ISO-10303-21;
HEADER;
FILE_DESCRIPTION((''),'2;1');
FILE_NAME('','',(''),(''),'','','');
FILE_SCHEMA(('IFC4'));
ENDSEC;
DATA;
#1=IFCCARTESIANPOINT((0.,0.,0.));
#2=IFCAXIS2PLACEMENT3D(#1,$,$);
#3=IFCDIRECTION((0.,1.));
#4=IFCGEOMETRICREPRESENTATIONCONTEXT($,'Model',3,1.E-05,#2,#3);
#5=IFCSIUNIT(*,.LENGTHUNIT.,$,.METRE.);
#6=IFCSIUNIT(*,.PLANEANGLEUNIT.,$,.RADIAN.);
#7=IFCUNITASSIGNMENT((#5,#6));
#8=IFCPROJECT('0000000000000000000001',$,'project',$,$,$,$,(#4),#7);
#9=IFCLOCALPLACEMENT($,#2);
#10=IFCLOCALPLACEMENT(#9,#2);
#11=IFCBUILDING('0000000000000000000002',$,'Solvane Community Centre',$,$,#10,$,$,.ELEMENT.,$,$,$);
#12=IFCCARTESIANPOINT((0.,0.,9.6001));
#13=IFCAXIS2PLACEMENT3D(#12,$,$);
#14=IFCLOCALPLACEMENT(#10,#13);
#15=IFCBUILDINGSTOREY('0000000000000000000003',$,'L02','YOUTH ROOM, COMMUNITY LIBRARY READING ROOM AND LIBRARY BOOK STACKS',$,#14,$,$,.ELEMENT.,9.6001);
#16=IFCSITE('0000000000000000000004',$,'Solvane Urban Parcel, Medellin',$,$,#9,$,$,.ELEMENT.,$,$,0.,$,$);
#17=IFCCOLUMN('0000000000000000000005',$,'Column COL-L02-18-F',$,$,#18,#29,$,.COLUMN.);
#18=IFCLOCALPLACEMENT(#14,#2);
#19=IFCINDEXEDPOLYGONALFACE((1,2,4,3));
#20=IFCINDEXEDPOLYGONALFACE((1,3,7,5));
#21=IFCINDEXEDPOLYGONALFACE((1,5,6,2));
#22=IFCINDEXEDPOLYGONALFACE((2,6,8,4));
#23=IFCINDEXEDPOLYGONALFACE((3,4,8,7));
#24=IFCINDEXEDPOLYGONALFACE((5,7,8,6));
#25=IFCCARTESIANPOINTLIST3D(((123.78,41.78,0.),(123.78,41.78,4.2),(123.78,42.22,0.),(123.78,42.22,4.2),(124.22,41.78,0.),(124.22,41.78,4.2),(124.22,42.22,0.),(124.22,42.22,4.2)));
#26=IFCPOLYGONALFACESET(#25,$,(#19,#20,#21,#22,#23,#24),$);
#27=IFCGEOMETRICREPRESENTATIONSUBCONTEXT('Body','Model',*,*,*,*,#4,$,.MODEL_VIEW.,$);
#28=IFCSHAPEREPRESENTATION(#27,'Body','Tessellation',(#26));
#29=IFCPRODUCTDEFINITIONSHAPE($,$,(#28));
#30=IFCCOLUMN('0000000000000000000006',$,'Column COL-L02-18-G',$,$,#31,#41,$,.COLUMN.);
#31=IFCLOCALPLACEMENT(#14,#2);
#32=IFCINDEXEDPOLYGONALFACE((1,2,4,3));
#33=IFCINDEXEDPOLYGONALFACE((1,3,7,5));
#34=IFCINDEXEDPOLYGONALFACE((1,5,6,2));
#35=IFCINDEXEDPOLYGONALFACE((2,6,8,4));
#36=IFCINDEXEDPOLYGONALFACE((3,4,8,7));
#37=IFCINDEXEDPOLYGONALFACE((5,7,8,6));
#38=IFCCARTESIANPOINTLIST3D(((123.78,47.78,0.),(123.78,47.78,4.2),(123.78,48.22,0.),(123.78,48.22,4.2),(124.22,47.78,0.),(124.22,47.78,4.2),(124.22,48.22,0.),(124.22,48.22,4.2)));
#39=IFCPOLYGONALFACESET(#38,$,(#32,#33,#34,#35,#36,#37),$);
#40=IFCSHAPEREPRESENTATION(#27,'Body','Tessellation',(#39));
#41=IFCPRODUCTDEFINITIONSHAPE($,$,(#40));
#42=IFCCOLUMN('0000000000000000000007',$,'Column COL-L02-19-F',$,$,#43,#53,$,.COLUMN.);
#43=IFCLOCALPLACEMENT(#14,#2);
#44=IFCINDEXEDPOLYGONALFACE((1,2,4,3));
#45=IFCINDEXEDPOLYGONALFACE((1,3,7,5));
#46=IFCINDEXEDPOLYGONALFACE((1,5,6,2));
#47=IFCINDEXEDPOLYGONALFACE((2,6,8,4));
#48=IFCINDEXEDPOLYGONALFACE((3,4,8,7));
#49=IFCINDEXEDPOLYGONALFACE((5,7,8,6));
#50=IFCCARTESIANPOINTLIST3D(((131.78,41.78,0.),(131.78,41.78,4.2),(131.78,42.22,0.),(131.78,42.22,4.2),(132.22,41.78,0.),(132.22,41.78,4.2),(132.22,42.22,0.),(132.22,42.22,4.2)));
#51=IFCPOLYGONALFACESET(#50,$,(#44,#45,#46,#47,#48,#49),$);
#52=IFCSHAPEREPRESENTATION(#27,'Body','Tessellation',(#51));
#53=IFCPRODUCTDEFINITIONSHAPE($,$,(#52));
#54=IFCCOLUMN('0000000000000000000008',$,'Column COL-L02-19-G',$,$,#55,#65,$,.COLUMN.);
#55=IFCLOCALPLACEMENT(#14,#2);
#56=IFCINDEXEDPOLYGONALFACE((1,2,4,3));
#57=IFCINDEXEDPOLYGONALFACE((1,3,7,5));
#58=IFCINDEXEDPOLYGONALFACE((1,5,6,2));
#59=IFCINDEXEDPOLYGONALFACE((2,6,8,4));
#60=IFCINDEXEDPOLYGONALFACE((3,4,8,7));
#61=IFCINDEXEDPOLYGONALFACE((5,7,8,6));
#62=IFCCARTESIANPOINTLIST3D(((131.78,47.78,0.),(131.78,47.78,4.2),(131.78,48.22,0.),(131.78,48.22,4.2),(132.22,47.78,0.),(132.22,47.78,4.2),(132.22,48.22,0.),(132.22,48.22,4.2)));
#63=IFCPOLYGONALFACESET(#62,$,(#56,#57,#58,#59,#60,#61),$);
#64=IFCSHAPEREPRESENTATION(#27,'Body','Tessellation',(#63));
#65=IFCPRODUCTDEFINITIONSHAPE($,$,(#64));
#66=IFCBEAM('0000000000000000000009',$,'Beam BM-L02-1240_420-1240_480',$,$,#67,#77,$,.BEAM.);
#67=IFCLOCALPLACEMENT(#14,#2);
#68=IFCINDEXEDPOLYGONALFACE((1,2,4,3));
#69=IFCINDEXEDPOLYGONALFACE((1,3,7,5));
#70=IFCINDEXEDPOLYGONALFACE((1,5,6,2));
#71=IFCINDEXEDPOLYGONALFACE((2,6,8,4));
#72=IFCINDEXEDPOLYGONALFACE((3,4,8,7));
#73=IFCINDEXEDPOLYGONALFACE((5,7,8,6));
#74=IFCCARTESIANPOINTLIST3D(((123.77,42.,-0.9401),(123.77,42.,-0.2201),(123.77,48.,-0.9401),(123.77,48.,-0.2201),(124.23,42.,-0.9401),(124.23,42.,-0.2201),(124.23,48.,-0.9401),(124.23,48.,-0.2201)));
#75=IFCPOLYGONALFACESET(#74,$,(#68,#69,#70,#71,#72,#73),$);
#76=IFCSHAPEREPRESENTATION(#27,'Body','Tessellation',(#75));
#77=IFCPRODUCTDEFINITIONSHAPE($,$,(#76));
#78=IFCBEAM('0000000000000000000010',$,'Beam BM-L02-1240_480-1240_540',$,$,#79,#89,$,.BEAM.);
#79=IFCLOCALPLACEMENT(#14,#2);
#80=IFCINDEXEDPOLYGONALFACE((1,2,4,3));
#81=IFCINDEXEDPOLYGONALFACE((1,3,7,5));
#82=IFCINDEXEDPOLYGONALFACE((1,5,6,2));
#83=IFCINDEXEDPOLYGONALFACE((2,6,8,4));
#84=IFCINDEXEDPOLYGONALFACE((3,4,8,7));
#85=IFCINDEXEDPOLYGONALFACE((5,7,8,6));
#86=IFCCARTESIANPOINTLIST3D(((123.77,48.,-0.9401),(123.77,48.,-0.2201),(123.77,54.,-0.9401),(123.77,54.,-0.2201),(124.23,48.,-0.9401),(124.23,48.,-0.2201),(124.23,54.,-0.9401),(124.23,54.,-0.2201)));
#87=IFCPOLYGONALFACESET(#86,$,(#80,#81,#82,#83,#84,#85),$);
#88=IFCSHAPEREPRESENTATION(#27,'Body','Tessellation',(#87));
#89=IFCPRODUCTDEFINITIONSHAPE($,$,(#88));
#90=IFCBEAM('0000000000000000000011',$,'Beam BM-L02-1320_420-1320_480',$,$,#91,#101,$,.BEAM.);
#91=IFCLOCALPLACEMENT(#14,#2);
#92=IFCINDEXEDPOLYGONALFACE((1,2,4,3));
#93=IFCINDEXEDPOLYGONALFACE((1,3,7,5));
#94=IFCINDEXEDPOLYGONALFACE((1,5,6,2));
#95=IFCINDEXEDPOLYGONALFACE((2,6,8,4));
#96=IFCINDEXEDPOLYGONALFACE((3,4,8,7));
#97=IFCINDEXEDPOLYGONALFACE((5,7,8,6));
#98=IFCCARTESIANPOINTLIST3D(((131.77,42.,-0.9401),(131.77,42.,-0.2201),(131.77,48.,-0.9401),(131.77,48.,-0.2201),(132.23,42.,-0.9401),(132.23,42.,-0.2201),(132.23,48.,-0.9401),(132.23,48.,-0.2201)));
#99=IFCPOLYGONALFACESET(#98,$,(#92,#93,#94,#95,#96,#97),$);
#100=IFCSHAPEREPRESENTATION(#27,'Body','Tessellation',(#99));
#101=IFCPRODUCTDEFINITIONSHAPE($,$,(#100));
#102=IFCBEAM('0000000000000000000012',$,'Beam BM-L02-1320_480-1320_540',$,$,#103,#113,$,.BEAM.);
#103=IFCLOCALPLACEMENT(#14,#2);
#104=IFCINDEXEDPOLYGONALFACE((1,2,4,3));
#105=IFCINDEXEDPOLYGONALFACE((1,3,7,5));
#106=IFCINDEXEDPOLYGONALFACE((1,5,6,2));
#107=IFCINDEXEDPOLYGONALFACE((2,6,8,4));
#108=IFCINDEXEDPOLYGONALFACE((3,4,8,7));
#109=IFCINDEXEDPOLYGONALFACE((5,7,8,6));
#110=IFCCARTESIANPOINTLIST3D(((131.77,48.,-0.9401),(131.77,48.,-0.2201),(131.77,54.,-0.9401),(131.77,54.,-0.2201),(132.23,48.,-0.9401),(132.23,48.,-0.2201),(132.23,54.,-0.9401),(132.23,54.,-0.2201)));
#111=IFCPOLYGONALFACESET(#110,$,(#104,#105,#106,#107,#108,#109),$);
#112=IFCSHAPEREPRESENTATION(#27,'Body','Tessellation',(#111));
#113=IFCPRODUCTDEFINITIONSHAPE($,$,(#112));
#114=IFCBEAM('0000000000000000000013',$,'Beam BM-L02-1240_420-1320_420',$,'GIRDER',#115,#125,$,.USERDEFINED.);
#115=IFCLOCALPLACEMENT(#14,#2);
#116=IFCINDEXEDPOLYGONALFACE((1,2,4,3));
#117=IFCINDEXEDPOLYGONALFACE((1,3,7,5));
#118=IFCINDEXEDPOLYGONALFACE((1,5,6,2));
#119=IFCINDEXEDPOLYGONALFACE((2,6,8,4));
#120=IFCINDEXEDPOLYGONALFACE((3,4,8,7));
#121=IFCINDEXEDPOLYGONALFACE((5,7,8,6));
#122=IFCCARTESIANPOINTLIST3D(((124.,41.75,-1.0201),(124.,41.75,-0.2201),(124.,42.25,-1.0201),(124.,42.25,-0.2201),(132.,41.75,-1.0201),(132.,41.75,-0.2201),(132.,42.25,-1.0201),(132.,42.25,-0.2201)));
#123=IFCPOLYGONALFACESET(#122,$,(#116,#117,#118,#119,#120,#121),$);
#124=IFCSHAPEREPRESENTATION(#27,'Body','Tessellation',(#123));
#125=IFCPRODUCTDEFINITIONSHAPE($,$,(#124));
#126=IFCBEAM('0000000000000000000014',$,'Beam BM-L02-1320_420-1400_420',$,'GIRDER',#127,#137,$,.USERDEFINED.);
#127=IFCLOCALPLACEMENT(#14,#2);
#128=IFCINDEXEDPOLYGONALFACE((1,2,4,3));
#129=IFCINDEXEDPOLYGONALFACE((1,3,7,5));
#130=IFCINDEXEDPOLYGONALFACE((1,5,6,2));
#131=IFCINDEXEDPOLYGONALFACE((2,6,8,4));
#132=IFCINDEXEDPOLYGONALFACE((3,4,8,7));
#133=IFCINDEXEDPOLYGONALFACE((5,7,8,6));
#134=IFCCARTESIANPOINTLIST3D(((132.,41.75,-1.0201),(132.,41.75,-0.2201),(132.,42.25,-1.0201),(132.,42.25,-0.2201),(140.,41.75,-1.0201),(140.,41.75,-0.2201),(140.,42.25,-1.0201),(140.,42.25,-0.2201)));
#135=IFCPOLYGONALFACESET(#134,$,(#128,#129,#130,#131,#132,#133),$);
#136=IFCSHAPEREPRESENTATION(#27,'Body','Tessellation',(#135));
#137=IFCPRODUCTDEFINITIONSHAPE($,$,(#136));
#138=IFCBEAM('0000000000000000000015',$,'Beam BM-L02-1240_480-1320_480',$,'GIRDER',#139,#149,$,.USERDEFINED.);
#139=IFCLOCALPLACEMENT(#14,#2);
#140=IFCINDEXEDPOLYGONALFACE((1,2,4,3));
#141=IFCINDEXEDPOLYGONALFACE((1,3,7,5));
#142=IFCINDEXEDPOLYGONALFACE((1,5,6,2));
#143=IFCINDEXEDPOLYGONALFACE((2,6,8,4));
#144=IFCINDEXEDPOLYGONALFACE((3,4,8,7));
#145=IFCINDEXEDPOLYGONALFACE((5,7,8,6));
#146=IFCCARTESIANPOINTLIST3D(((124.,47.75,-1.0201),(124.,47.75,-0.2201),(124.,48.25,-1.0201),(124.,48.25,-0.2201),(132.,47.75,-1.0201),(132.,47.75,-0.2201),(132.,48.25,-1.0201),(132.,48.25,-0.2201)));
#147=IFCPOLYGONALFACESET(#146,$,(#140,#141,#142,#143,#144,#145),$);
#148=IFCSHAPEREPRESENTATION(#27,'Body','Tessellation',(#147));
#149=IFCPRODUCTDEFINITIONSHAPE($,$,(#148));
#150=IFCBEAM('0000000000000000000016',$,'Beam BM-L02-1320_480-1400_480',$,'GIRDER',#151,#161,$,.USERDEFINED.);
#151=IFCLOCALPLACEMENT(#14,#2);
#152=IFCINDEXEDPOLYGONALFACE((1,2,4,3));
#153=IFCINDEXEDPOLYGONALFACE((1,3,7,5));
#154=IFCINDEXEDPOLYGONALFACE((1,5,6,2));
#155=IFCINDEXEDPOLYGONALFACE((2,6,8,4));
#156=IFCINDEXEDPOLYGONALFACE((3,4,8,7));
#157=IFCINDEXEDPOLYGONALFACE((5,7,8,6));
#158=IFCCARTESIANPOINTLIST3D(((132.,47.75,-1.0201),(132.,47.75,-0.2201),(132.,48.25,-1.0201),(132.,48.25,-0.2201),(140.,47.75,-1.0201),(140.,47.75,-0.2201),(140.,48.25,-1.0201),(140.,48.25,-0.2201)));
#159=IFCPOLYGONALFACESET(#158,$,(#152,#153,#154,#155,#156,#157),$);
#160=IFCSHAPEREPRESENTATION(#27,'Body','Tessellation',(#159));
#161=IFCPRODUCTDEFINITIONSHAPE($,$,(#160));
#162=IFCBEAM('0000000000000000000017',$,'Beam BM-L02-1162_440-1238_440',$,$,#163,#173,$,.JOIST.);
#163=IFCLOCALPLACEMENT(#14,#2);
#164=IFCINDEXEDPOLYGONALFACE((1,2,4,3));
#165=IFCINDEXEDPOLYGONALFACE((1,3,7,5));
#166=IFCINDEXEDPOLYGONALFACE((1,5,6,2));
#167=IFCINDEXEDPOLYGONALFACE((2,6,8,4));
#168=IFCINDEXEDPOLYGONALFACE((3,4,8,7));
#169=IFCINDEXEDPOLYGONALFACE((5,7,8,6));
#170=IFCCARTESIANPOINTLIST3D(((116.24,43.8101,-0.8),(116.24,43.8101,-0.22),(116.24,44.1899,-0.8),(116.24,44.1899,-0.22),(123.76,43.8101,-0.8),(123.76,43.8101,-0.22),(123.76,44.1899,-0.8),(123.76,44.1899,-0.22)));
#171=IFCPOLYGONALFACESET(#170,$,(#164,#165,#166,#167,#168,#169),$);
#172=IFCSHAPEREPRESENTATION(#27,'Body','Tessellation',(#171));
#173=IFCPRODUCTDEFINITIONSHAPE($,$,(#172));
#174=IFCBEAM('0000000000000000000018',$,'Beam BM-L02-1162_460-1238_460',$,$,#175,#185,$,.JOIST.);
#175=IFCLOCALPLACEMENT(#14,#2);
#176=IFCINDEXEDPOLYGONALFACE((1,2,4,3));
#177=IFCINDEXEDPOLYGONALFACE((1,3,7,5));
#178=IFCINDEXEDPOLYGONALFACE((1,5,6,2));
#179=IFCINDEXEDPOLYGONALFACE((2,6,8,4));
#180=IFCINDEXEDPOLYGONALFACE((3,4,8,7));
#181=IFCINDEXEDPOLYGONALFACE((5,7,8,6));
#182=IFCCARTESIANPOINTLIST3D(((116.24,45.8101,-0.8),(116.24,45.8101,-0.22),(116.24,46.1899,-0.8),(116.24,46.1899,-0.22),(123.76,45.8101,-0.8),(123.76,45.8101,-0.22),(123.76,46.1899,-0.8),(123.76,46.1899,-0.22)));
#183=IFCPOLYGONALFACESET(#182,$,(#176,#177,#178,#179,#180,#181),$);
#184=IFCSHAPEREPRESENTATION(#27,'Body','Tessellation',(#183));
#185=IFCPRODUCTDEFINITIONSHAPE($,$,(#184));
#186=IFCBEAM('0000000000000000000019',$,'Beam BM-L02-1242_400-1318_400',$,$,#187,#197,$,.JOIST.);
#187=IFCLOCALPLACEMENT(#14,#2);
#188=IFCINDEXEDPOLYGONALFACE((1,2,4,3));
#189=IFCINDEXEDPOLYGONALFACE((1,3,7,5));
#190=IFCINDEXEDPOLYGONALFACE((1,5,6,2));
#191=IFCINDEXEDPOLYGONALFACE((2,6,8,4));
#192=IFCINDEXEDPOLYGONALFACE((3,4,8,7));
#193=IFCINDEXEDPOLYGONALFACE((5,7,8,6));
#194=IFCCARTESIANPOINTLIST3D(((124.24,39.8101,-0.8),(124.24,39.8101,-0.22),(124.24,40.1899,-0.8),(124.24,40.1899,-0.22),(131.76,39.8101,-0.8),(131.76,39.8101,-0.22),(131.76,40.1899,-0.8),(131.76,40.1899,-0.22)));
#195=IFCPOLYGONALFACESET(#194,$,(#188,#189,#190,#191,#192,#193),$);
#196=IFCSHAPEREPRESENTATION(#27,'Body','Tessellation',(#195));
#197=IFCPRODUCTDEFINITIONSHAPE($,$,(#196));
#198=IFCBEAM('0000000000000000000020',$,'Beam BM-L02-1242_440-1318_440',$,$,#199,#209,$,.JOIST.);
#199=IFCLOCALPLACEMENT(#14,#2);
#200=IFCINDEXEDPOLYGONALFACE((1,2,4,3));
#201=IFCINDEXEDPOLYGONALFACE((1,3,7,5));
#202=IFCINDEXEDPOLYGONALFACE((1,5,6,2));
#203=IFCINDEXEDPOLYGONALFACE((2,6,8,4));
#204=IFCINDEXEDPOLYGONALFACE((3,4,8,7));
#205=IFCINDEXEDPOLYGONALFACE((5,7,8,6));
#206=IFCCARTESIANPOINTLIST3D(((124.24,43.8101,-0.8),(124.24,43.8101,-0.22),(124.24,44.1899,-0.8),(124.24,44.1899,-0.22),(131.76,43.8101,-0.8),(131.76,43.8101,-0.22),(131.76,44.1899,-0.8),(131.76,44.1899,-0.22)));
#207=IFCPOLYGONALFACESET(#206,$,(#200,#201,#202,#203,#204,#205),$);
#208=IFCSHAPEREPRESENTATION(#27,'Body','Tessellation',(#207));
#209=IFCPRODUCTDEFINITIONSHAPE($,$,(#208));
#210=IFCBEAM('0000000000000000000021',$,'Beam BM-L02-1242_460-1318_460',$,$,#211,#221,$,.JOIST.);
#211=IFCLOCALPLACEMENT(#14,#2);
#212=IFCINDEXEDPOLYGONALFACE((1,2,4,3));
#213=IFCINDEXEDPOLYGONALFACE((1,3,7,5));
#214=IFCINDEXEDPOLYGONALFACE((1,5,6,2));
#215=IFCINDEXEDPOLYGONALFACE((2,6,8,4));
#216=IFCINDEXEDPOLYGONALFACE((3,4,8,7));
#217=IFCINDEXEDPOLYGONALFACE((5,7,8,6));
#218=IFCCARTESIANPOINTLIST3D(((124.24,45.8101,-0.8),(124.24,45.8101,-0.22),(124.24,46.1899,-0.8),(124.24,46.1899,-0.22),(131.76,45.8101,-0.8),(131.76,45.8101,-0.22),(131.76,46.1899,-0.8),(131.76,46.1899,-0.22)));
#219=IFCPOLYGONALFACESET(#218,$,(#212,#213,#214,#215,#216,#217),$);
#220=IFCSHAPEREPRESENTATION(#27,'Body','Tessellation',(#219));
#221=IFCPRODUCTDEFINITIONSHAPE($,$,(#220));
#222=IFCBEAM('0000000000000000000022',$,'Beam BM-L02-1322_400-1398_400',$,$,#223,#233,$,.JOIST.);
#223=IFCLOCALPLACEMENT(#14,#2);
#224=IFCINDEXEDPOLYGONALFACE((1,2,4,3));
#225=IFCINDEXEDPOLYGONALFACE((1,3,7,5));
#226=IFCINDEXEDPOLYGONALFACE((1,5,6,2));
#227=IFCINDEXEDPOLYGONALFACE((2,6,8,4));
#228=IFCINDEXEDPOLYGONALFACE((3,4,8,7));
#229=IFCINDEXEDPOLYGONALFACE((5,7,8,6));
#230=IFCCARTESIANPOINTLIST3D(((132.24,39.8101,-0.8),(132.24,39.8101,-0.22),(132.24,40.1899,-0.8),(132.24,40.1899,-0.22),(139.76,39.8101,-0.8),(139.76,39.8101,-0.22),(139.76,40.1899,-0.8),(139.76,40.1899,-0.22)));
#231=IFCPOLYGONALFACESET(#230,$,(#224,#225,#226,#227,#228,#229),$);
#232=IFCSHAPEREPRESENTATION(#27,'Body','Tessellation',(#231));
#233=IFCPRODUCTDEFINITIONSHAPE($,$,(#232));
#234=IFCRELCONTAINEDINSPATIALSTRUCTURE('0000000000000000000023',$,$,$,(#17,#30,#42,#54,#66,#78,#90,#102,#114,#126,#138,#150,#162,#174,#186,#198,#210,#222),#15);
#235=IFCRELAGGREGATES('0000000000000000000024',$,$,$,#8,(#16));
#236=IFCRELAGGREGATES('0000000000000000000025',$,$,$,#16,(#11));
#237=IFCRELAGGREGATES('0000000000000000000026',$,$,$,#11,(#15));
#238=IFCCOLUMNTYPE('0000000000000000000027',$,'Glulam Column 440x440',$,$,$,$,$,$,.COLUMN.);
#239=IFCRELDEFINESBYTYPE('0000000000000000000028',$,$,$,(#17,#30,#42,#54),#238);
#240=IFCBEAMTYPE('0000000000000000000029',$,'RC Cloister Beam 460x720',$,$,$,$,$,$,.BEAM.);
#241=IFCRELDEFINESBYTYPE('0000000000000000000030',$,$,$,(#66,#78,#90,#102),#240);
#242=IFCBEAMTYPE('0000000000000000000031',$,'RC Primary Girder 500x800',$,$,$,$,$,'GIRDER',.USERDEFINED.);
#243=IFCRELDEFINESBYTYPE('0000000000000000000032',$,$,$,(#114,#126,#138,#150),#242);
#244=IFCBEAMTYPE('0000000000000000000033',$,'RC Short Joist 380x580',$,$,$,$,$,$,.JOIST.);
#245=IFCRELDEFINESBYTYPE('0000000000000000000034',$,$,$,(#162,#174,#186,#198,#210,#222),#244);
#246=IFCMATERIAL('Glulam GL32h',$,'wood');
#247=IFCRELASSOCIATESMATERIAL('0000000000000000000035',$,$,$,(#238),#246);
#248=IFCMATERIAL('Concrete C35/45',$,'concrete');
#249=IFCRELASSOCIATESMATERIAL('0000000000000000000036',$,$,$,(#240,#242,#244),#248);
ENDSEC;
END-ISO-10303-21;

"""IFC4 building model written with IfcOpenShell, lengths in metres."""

from ifc_helpers import new_model, si_unit, direction, frame, origin, origin_2d, place, context, subcontext, project, spatial, rectangle, extrude, material, material_profile, profile_set, type_object, element, save


model = new_model("IFC4")

# Units and contexts
model_context = context("Model", 3, precision=1e-05, world=origin(), true_north=direction((0.0, 1.0)))
body_context = subcontext(model_context, "Body", "Model", "MODEL_VIEW")
ifc_project = project(units=[si_unit("LENGTHUNIT", "METRE"), si_unit("PLANEANGLEUNIT", "RADIAN")], contexts=[model_context])

# Site, building, storey
site_placement = place(None, origin())
site = spatial("IfcSite", under=ifc_project, at=site_placement, Name="Solvane Urban Parcel, Medellin", CompositionType="ELEMENT", RefElevation=0.0)
building_placement = place(site_placement, origin())
building = spatial("IfcBuilding", under=site, at=building_placement, Name="Solvane Community Centre", CompositionType="ELEMENT")
storey_placement = place(building_placement, frame((0.0, 0.0, 9.6001)))
storey = spatial("IfcBuildingStorey", under=building, at=storey_placement, Name="L02", Description="YOUTH ROOM, COMMUNITY LIBRARY READING ROOM AND LIBRARY BOOK STACKS", CompositionType="ELEMENT", Elevation=9.6001)

# Columns
ifc_material_1 = material(Name="Glulam GL32h", Category="wood")
ifc_material_profile_1 = material_profile(ifc_material_1, rectangle(XDim=0.4399, YDim=0.4399, at=origin_2d()), Name="GL32h 440x440")
ifc_profile_set_1 = profile_set([ifc_material_profile_1], Name="Glulam GL32h")
column_type = type_object("IfcColumnType", Name="Glulam Column 440x440", PredefinedType="COLUMN", material=ifc_profile_set_1)
for number, where, z_axis, x_axis, name in (
    (1, (124.0, 42.0, 0.0), (0.0, 0.0, 1.0), (1.0, 0.0, 0.0), "Column COL-L02-18-F"),
    (2, (124.0, 48.0, 0.0), (0.0, 0.0, 1.0), (1.0, 0.0, 0.0), "Column COL-L02-18-G"),
    (3, (132.0, 42.0, 0.0), (0.0, 0.0, 1.0), (1.0, 0.0, 0.0), "Column COL-L02-19-F"),
    (4, (132.0, 48.0, 0.0), (0.0, 0.0, 1.0), (1.0, 0.0, 0.0), "Column COL-L02-19-G"),
):
    element("IfcColumn", number, at=place(storey_placement, frame(where, z_axis=z_axis, x_axis=x_axis)), inside=storey, type_object=column_type, Name=name, PredefinedType="COLUMN", context=body_context, shape_type="SweptSolid", body=[
        extrude(rectangle(XDim=0.4399, YDim=0.4399, at=origin_2d()), origin(), (0.0, 0.0, 1.0), 4.2),
    ])

# Beams
ifc_material_2 = material(Name="Concrete C35/45", Category="concrete")
ifc_material_profile_2 = material_profile(ifc_material_2, rectangle(XDim=0.46, YDim=0.72, at=origin_2d()), Name="RC 460x720")
ifc_profile_set_2 = profile_set([ifc_material_profile_2], Name="Concrete C35/45")
beam_type_1 = type_object("IfcBeamType", Name="RC Cloister Beam 460x720", PredefinedType="BEAM", material=ifc_profile_set_2)
for number, where, z_axis, x_axis, name in (
    (5, (124.0, 42.0, -0.5801), (0.0, 1.0, 0.0), (-1.0, 0.0, 0.0), "Beam BM-L02-1240_420-1240_480"),
    (6, (124.0, 48.0, -0.5801), (0.0, 1.0, 0.0), (-1.0, 0.0, 0.0), "Beam BM-L02-1240_480-1240_540"),
    (7, (132.0, 42.0, -0.5801), (0.0, 1.0, 0.0), (-1.0, 0.0, 0.0), "Beam BM-L02-1320_420-1320_480"),
    (8, (132.0, 48.0, -0.5801), (0.0, 1.0, 0.0), (-1.0, 0.0, 0.0), "Beam BM-L02-1320_480-1320_540"),
):
    element("IfcBeam", number, at=place(storey_placement, frame(where, z_axis=z_axis, x_axis=x_axis)), inside=storey, type_object=beam_type_1, Name=name, PredefinedType="BEAM", context=body_context, shape_type="SweptSolid", body=[
        extrude(rectangle(XDim=0.46, YDim=0.72, at=origin_2d()), origin(), (0.0, 0.0, 1.0), 6.0),
    ])
ifc_material_profile_3 = material_profile(ifc_material_2, rectangle(XDim=0.5, YDim=0.8, at=origin_2d()), Name="RC 500x800")
ifc_profile_set_3 = profile_set([ifc_material_profile_3], Name="Concrete C35/45")
beam_type_2 = type_object("IfcBeamType", Name="RC Primary Girder 500x800", ElementType="GIRDER", PredefinedType="USERDEFINED", material=ifc_profile_set_3)
for number, where, z_axis, x_axis, name in (
    (9, (124.0, 42.0, -0.6201), (1.0, 0.0, 0.0), (0.0, 1.0, 0.0), "Beam BM-L02-1240_420-1320_420"),
    (10, (132.0, 42.0, -0.6201), (1.0, 0.0, 0.0), (0.0, 1.0, 0.0), "Beam BM-L02-1320_420-1400_420"),
    (11, (124.0, 48.0, -0.6201), (1.0, 0.0, 0.0), (0.0, 1.0, 0.0), "Beam BM-L02-1240_480-1320_480"),
    (12, (132.0, 48.0, -0.6201), (1.0, 0.0, 0.0), (0.0, 1.0, 0.0), "Beam BM-L02-1320_480-1400_480"),
):
    element("IfcBeam", number, at=place(storey_placement, frame(where, z_axis=z_axis, x_axis=x_axis)), inside=storey, type_object=beam_type_2, Name=name, ObjectType="GIRDER", PredefinedType="USERDEFINED", context=body_context, shape_type="SweptSolid", body=[
        extrude(rectangle(XDim=0.5, YDim=0.8, at=origin_2d()), origin(), (0.0, 0.0, 1.0), 8.0),
    ])
ifc_material_profile_4 = material_profile(ifc_material_2, rectangle(XDim=0.3799, YDim=0.5801, at=origin_2d()), Name="RC 380x580")
ifc_profile_set_4 = profile_set([ifc_material_profile_4], Name="Concrete C35/45")
beam_type_3 = type_object("IfcBeamType", Name="RC Short Joist 380x580", PredefinedType="JOIST", material=ifc_profile_set_4)
for number, where, z_axis, x_axis, name in (
    (13, (116.24, 44.0, -0.51), (1.0, 0.0, 0.0), (0.0, 1.0, 0.0), "Beam BM-L02-1162_440-1238_440"),
    (14, (116.24, 46.0, -0.51), (1.0, 0.0, 0.0), (0.0, 1.0, 0.0), "Beam BM-L02-1162_460-1238_460"),
    (15, (124.24, 40.0, -0.51), (1.0, 0.0, 0.0), (0.0, 1.0, 0.0), "Beam BM-L02-1242_400-1318_400"),
    (16, (124.24, 44.0, -0.51), (1.0, 0.0, 0.0), (0.0, 1.0, 0.0), "Beam BM-L02-1242_440-1318_440"),
    (17, (124.24, 46.0, -0.51), (1.0, 0.0, 0.0), (0.0, 1.0, 0.0), "Beam BM-L02-1242_460-1318_460"),
    (18, (132.24, 40.0, -0.51), (1.0, 0.0, 0.0), (0.0, 1.0, 0.0), "Beam BM-L02-1322_400-1398_400"),
):
    element("IfcBeam", number, at=place(storey_placement, frame(where, z_axis=z_axis, x_axis=x_axis)), inside=storey, type_object=beam_type_3, Name=name, PredefinedType="JOIST", context=body_context, shape_type="SweptSolid", body=[
        extrude(rectangle(XDim=0.3799, YDim=0.5801, at=origin_2d()), origin(), (0.0, 0.0, 1.0), 7.52),
    ])

save(model, "model.ifc")
